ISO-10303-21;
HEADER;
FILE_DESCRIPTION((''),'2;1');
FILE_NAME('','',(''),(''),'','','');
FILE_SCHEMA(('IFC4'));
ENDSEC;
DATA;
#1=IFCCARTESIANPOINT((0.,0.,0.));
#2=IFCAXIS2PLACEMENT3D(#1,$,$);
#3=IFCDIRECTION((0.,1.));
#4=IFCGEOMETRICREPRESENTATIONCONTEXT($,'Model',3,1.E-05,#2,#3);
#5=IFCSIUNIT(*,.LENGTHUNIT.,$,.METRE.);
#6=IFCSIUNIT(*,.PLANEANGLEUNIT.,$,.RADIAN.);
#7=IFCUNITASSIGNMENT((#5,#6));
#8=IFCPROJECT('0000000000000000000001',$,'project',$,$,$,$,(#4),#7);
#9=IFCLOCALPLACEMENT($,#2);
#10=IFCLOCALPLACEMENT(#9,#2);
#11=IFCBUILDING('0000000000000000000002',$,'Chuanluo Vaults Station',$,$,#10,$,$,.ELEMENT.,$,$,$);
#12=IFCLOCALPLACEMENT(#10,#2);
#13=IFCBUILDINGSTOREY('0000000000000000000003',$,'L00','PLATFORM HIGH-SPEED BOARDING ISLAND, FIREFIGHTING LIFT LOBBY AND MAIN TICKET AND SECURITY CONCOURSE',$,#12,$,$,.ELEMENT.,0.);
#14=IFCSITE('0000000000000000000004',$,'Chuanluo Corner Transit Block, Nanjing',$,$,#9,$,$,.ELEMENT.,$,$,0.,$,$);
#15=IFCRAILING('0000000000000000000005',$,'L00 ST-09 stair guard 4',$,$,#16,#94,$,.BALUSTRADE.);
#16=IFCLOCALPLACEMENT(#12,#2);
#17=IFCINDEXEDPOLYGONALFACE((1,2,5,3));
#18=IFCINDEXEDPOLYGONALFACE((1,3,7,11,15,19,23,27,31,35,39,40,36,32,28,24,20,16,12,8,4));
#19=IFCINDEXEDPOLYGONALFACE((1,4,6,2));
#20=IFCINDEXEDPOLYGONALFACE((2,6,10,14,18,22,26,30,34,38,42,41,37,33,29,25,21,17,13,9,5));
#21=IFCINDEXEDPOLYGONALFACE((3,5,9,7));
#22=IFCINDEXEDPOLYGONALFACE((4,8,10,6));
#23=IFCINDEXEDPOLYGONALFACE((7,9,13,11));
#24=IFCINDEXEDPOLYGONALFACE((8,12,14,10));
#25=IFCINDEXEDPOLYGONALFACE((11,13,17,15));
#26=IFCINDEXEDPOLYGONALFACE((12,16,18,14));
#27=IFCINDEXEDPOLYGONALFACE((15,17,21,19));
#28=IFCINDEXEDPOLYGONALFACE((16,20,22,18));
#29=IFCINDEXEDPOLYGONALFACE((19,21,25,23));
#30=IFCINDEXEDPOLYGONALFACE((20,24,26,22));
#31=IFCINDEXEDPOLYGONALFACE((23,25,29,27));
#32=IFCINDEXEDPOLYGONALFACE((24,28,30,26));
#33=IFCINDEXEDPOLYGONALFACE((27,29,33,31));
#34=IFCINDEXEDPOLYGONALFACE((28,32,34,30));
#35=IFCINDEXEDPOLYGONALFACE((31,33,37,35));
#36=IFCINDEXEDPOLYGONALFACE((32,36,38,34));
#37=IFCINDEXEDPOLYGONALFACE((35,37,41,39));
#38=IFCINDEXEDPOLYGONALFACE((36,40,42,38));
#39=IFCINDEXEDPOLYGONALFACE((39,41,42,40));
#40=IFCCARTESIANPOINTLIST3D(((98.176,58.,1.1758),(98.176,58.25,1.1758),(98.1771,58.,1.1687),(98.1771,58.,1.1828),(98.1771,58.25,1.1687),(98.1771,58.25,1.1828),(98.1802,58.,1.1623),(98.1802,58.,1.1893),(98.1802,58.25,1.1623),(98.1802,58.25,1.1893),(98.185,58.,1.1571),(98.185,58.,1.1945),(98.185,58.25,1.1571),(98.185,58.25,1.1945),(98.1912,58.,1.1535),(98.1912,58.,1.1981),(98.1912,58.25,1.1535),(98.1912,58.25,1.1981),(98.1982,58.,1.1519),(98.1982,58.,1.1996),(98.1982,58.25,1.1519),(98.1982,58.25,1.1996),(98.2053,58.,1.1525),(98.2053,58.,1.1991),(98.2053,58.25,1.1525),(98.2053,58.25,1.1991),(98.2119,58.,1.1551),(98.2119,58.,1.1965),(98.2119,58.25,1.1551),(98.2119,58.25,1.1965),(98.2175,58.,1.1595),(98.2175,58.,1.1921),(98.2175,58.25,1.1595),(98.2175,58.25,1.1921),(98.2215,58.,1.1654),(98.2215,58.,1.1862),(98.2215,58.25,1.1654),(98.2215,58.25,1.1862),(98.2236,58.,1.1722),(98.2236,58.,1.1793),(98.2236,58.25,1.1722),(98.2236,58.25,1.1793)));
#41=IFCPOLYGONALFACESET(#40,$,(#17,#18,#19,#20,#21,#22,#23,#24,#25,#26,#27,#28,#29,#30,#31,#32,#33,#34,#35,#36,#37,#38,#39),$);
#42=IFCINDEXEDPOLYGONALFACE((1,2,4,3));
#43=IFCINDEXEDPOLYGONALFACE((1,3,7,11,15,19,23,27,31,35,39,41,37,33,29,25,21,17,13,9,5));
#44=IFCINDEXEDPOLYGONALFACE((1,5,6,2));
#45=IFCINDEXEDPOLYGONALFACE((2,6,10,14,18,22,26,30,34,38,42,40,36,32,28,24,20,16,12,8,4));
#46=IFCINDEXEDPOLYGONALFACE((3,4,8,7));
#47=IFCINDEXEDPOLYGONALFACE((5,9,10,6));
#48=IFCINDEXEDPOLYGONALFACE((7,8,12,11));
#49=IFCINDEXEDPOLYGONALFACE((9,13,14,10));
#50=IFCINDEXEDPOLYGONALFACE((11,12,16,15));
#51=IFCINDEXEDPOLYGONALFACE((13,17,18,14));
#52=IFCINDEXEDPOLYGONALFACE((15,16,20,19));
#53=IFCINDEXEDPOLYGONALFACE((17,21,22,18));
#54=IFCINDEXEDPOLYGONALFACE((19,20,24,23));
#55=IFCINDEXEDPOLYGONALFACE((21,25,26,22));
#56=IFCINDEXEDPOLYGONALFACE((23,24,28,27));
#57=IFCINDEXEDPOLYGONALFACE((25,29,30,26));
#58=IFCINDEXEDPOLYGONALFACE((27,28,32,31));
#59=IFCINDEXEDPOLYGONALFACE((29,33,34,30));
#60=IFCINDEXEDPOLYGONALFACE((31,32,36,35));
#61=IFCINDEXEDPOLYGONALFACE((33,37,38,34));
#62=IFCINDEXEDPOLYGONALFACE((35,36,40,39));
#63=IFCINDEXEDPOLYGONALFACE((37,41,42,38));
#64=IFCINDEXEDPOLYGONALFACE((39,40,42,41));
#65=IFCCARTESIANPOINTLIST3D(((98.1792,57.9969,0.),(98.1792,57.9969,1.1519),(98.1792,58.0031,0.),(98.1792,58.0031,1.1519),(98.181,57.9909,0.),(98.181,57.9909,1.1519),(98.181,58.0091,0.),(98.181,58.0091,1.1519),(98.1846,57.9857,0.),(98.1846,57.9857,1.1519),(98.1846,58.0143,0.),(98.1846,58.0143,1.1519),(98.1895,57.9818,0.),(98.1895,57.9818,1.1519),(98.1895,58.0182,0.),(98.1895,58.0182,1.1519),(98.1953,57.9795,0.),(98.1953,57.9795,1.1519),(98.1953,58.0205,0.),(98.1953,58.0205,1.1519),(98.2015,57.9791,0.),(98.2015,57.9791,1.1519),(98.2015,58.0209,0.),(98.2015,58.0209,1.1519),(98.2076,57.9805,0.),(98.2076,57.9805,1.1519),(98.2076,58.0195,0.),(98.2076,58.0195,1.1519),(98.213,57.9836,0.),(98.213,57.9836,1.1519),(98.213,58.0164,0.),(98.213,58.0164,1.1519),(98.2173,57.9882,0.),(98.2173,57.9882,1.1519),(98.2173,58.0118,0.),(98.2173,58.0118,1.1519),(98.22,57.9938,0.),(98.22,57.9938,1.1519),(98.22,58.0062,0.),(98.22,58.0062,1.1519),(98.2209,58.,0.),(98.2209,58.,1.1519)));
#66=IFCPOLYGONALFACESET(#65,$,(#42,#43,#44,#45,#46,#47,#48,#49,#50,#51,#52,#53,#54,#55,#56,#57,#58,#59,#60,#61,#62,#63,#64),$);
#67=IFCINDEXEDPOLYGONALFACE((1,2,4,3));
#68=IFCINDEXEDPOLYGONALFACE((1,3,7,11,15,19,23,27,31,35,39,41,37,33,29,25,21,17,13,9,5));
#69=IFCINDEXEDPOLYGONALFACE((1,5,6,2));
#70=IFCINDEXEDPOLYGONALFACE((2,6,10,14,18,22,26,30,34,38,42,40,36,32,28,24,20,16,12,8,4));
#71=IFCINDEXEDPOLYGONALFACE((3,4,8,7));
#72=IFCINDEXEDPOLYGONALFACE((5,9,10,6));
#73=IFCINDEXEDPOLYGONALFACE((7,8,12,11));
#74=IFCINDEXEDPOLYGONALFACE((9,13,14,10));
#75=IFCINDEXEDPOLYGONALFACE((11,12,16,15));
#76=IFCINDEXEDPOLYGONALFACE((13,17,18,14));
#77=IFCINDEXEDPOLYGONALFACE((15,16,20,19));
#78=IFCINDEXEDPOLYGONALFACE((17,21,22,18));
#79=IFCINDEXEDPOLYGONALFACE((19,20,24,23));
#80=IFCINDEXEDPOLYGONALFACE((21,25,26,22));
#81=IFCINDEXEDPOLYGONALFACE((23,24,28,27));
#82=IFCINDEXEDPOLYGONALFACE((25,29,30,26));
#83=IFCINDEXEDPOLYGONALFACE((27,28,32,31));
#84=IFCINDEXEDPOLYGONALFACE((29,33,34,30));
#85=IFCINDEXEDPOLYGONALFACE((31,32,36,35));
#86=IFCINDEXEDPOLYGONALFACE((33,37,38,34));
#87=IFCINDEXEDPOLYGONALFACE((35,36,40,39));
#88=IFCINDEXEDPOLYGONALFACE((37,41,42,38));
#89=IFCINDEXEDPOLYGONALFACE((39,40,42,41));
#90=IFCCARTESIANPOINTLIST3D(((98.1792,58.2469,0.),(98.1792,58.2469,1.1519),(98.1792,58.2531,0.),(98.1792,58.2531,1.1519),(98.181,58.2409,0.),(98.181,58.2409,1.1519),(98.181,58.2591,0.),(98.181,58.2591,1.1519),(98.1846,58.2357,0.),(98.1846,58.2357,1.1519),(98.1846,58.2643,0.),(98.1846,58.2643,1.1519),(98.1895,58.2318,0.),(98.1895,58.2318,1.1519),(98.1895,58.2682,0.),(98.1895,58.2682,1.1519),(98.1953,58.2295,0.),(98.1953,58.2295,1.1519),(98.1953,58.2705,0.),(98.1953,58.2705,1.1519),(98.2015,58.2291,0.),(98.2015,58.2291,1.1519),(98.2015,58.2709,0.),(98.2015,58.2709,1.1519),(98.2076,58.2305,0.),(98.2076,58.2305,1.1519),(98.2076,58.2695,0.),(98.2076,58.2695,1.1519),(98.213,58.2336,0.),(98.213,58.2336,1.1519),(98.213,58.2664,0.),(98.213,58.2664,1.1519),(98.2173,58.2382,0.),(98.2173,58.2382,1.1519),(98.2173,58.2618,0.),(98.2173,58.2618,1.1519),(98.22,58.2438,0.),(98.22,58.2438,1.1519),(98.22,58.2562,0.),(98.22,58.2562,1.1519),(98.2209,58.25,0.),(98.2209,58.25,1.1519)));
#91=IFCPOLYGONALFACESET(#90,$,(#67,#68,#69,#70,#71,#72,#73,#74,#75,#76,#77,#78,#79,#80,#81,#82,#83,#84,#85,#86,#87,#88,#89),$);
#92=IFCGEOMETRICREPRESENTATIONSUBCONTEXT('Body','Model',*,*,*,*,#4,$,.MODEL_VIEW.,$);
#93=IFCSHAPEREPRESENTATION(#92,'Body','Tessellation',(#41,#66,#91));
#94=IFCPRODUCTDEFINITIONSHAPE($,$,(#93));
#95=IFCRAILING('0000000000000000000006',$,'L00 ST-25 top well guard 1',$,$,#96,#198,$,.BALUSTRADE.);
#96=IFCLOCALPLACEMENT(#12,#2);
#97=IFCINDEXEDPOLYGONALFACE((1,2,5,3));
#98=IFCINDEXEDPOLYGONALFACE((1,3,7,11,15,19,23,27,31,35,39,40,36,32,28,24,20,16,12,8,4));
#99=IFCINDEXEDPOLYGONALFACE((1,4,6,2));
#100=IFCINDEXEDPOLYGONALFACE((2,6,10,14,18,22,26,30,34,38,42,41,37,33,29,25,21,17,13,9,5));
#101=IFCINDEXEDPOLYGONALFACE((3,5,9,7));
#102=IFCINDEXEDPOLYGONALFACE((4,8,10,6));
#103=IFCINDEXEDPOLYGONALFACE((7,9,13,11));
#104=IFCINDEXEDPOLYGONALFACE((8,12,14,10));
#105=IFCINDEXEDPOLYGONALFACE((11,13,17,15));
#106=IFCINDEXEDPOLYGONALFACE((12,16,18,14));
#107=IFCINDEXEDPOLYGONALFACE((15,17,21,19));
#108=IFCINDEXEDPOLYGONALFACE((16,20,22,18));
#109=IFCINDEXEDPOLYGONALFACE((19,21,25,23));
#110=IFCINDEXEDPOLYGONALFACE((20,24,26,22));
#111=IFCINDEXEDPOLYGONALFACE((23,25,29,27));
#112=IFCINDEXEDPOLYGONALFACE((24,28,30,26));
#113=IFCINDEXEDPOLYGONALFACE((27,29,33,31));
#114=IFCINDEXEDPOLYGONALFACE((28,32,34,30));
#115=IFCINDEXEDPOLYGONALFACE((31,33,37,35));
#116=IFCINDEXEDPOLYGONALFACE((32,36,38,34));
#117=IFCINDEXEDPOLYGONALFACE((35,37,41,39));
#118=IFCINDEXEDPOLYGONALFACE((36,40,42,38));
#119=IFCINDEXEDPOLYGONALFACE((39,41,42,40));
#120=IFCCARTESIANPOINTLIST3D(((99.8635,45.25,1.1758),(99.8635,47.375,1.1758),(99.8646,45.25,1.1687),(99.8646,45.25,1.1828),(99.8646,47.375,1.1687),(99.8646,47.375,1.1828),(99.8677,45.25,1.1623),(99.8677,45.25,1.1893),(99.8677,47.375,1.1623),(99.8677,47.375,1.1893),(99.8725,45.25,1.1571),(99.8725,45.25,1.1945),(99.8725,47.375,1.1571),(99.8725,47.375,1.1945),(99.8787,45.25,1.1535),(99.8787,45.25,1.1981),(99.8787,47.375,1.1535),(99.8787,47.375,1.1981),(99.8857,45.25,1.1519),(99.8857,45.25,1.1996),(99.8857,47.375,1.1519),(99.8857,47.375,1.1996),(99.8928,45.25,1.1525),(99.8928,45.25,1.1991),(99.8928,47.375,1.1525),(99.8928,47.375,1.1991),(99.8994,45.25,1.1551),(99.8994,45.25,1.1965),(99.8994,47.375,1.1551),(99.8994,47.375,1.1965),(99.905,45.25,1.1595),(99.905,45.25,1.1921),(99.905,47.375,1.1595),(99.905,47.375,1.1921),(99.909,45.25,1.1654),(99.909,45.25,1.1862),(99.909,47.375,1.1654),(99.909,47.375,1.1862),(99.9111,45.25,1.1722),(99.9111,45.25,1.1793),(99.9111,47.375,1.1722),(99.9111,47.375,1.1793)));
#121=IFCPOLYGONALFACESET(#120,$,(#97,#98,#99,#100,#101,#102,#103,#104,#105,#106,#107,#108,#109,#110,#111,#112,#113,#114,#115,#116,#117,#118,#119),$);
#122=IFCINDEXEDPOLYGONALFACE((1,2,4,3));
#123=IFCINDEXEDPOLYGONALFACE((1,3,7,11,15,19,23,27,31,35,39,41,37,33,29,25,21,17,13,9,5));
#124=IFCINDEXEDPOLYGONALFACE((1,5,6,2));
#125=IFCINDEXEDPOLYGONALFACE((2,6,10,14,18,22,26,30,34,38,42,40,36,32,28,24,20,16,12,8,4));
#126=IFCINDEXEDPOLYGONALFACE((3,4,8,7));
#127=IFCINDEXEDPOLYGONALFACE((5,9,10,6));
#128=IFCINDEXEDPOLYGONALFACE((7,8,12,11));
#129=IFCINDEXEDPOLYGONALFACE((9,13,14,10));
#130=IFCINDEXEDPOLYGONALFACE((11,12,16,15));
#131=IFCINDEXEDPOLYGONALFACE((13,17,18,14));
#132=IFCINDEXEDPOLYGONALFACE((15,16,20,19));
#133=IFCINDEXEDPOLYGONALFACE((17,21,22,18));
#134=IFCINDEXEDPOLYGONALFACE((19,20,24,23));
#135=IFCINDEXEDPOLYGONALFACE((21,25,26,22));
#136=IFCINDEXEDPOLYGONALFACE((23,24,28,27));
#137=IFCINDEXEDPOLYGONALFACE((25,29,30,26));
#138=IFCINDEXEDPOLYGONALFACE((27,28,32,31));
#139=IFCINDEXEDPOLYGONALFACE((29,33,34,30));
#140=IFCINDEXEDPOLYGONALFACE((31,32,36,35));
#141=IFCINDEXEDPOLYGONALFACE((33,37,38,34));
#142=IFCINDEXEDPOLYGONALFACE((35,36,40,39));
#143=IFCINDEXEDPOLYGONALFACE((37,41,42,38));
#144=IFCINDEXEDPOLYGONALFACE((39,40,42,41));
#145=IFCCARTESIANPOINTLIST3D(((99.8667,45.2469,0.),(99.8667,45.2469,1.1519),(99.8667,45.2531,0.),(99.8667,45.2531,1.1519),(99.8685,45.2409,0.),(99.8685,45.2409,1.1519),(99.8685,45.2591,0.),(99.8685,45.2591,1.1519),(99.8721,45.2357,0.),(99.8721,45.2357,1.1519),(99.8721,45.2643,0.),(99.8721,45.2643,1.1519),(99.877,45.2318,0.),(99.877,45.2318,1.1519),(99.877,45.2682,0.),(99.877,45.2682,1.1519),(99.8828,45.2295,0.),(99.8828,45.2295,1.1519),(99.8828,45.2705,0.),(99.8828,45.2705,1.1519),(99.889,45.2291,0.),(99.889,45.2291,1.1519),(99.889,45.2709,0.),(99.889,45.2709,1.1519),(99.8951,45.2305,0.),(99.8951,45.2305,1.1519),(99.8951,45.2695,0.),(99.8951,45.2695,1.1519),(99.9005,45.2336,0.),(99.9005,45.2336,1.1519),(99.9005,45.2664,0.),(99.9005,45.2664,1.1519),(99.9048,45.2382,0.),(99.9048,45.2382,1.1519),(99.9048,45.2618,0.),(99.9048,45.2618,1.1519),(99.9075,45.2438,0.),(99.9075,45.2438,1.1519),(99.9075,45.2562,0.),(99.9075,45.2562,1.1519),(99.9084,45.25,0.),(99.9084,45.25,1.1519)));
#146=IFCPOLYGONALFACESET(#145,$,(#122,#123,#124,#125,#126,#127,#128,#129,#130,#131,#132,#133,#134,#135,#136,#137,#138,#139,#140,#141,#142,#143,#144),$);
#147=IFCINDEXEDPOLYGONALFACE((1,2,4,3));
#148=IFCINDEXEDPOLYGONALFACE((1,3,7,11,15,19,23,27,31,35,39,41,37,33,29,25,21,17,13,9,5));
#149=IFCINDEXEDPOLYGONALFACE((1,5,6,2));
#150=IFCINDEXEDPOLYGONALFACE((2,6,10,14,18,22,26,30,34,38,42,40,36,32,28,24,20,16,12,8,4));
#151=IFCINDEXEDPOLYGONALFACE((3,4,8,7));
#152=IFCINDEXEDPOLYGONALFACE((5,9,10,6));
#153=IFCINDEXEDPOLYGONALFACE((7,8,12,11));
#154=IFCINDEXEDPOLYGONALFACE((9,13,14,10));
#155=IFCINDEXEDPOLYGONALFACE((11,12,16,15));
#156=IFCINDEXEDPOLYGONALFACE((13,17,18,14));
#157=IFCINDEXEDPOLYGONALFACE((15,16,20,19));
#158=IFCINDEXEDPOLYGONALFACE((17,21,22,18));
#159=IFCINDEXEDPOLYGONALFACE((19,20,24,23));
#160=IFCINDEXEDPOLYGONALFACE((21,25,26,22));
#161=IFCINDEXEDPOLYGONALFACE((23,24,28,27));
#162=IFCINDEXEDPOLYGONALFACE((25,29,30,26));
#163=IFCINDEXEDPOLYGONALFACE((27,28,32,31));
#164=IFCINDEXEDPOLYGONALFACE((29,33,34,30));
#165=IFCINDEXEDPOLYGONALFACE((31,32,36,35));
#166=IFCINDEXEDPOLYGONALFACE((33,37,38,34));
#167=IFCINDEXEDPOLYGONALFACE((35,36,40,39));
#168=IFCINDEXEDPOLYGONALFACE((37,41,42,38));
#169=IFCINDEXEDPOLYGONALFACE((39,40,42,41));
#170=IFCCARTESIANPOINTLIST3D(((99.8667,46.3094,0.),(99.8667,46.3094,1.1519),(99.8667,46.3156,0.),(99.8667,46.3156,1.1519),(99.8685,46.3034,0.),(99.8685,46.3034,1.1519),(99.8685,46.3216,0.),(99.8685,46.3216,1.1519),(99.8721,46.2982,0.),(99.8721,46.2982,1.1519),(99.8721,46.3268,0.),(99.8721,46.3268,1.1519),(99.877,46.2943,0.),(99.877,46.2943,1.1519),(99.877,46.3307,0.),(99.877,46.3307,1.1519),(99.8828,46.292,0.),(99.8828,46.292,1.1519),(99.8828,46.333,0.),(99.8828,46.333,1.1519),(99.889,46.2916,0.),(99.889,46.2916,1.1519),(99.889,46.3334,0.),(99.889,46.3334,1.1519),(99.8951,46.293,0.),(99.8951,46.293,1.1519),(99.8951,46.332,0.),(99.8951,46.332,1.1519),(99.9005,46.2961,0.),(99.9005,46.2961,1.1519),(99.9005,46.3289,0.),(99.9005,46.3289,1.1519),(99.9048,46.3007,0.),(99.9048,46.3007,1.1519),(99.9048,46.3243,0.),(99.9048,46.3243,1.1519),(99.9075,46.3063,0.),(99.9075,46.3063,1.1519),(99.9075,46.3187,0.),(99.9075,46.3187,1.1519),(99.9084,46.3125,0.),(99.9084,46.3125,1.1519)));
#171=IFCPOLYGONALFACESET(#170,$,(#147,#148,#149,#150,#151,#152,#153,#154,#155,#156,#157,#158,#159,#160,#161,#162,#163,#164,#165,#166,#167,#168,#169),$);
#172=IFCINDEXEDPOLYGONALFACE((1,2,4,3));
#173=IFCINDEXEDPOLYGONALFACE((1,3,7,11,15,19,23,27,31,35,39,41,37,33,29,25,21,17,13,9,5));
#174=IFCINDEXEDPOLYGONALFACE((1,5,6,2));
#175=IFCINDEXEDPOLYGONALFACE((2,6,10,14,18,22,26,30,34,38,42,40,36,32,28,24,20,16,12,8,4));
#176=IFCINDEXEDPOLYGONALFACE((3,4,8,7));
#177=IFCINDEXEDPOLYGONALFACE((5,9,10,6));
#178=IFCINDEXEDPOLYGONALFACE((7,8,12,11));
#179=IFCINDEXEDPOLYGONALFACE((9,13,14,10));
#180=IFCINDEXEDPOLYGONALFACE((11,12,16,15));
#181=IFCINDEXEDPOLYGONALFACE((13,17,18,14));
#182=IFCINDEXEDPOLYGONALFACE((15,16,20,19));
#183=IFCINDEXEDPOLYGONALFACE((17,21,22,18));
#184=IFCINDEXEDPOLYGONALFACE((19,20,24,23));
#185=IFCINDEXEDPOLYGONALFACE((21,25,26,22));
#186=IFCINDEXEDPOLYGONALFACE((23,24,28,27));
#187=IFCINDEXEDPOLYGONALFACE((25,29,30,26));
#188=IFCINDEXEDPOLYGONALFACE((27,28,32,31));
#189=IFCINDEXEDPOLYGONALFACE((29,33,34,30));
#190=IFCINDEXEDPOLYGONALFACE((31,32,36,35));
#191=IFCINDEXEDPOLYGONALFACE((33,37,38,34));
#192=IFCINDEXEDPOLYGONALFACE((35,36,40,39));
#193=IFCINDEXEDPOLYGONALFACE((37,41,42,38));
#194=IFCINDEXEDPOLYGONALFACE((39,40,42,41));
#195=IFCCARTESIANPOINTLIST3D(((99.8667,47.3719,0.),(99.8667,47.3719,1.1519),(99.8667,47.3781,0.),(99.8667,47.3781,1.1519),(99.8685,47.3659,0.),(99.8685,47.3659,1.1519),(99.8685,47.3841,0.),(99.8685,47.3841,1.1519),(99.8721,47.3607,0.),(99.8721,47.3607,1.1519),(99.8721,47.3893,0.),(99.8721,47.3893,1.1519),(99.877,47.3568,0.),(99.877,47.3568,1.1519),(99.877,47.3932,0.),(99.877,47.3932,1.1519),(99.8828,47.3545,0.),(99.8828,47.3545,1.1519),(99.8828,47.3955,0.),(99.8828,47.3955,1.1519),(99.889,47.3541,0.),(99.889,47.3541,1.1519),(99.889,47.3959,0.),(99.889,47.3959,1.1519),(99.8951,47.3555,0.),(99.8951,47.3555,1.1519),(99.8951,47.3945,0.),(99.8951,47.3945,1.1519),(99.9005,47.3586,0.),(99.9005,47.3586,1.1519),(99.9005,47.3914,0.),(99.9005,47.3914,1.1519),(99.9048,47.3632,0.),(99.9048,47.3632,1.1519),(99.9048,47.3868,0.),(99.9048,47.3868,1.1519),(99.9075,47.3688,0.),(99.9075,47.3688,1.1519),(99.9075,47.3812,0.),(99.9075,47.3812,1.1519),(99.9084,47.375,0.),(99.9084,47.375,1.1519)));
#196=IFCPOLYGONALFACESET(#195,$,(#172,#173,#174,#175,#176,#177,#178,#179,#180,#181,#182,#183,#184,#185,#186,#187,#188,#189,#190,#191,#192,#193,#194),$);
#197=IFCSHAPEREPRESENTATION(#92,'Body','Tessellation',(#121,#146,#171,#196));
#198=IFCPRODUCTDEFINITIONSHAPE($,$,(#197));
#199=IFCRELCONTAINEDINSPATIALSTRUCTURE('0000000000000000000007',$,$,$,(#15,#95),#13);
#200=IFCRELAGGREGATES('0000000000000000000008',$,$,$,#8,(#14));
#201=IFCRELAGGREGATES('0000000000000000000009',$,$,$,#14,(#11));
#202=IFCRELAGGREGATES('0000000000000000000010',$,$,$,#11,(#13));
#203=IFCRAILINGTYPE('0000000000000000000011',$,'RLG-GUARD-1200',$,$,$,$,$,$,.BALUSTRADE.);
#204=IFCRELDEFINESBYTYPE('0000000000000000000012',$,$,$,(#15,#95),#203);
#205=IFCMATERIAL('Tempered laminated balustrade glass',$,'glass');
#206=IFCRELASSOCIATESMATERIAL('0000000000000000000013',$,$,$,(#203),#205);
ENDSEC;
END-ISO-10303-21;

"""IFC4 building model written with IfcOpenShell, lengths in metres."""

from ifc_helpers import new_model, si_unit, direction, frame, origin, origin_2d, place, context, subcontext, project, spatial, circle, extrude, material, type_object, element, save


model = new_model("IFC4")

# Units and contexts
model_context = context("Model", 3, precision=1e-05, world=origin(), true_north=direction((0.0, 1.0)))
body_context = subcontext(model_context, "Body", "Model", "MODEL_VIEW")
ifc_project = project(units=[si_unit("LENGTHUNIT", "METRE"), si_unit("PLANEANGLEUNIT", "RADIAN")], contexts=[model_context])

# Site, building, storey
site_placement = place(None, origin())
site = spatial("IfcSite", under=ifc_project, at=site_placement, Name="Chuanluo Corner Transit Block, Nanjing", CompositionType="ELEMENT", RefElevation=0.0)
building_placement = place(site_placement, origin())
building = spatial("IfcBuilding", under=site, at=building_placement, Name="Chuanluo Vaults Station", CompositionType="ELEMENT")
storey_placement = place(building_placement, origin())
storey = spatial("IfcBuildingStorey", under=building, at=storey_placement, Name="L00", Description="PLATFORM HIGH-SPEED BOARDING ISLAND, FIREFIGHTING LIFT LOBBY AND MAIN TICKET AND SECURITY CONCOURSE", CompositionType="ELEMENT", Elevation=0.0)

# Railings
ifc_material_1 = material(Name="Tempered laminated balustrade glass", Category="glass")
railing_type_1 = type_object("IfcRailingType", Name="RLG-GUARD-1200", PredefinedType="BALUSTRADE", material=ifc_material_1)
railing_1_placement = place(storey_placement, frame((98.2, 58.0, 0.0)))
element("IfcRailing", 1, at=railing_1_placement, inside=storey, type_object=railing_type_1, Name="L00 ST-09 stair guard 4", PredefinedType="BALUSTRADE", context=body_context, shape_type="SweptSolid", body=[
    extrude(circle(Radius=0.0239, at=origin_2d()), frame((0.0, 0.0, 1.1758), z_axis=(0.0, 1.0, 0.0), x_axis=(-1.0, 0.0, 0.0)), (0.0, 0.0, 1.0), 0.25),
    extrude(circle(Radius=0.021, at=origin_2d()), origin(), (0.0, 0.0, 1.0), 1.1519),
    extrude(circle(Radius=0.021, at=origin_2d()), frame((0.0, 0.25, 0.0)), (0.0, 0.0, 1.0), 1.1519),
])
railing_2_placement = place(storey_placement, frame((99.8875, 45.25, 0.0)))
element("IfcRailing", 2, at=railing_2_placement, inside=storey, type_object=railing_type_1, Name="L00 ST-25 top well guard 1", PredefinedType="BALUSTRADE", context=body_context, shape_type="SweptSolid", body=[
    extrude(circle(Radius=0.0239, at=origin_2d()), frame((0.0, 0.0, 1.1758), z_axis=(0.0, 1.0, 0.0), x_axis=(-1.0, 0.0, 0.0)), (0.0, 0.0, 1.0), 2.125),
    extrude(circle(Radius=0.021, at=origin_2d()), origin(), (0.0, 0.0, 1.0), 1.1519),
    extrude(circle(Radius=0.021, at=origin_2d()), frame((0.0, 1.0625, 0.0)), (0.0, 0.0, 1.0), 1.1519),
    extrude(circle(Radius=0.021, at=origin_2d()), frame((0.0, 2.125, 0.0)), (0.0, 0.0, 1.0), 1.1519),
])

save(model, "model.ifc")
